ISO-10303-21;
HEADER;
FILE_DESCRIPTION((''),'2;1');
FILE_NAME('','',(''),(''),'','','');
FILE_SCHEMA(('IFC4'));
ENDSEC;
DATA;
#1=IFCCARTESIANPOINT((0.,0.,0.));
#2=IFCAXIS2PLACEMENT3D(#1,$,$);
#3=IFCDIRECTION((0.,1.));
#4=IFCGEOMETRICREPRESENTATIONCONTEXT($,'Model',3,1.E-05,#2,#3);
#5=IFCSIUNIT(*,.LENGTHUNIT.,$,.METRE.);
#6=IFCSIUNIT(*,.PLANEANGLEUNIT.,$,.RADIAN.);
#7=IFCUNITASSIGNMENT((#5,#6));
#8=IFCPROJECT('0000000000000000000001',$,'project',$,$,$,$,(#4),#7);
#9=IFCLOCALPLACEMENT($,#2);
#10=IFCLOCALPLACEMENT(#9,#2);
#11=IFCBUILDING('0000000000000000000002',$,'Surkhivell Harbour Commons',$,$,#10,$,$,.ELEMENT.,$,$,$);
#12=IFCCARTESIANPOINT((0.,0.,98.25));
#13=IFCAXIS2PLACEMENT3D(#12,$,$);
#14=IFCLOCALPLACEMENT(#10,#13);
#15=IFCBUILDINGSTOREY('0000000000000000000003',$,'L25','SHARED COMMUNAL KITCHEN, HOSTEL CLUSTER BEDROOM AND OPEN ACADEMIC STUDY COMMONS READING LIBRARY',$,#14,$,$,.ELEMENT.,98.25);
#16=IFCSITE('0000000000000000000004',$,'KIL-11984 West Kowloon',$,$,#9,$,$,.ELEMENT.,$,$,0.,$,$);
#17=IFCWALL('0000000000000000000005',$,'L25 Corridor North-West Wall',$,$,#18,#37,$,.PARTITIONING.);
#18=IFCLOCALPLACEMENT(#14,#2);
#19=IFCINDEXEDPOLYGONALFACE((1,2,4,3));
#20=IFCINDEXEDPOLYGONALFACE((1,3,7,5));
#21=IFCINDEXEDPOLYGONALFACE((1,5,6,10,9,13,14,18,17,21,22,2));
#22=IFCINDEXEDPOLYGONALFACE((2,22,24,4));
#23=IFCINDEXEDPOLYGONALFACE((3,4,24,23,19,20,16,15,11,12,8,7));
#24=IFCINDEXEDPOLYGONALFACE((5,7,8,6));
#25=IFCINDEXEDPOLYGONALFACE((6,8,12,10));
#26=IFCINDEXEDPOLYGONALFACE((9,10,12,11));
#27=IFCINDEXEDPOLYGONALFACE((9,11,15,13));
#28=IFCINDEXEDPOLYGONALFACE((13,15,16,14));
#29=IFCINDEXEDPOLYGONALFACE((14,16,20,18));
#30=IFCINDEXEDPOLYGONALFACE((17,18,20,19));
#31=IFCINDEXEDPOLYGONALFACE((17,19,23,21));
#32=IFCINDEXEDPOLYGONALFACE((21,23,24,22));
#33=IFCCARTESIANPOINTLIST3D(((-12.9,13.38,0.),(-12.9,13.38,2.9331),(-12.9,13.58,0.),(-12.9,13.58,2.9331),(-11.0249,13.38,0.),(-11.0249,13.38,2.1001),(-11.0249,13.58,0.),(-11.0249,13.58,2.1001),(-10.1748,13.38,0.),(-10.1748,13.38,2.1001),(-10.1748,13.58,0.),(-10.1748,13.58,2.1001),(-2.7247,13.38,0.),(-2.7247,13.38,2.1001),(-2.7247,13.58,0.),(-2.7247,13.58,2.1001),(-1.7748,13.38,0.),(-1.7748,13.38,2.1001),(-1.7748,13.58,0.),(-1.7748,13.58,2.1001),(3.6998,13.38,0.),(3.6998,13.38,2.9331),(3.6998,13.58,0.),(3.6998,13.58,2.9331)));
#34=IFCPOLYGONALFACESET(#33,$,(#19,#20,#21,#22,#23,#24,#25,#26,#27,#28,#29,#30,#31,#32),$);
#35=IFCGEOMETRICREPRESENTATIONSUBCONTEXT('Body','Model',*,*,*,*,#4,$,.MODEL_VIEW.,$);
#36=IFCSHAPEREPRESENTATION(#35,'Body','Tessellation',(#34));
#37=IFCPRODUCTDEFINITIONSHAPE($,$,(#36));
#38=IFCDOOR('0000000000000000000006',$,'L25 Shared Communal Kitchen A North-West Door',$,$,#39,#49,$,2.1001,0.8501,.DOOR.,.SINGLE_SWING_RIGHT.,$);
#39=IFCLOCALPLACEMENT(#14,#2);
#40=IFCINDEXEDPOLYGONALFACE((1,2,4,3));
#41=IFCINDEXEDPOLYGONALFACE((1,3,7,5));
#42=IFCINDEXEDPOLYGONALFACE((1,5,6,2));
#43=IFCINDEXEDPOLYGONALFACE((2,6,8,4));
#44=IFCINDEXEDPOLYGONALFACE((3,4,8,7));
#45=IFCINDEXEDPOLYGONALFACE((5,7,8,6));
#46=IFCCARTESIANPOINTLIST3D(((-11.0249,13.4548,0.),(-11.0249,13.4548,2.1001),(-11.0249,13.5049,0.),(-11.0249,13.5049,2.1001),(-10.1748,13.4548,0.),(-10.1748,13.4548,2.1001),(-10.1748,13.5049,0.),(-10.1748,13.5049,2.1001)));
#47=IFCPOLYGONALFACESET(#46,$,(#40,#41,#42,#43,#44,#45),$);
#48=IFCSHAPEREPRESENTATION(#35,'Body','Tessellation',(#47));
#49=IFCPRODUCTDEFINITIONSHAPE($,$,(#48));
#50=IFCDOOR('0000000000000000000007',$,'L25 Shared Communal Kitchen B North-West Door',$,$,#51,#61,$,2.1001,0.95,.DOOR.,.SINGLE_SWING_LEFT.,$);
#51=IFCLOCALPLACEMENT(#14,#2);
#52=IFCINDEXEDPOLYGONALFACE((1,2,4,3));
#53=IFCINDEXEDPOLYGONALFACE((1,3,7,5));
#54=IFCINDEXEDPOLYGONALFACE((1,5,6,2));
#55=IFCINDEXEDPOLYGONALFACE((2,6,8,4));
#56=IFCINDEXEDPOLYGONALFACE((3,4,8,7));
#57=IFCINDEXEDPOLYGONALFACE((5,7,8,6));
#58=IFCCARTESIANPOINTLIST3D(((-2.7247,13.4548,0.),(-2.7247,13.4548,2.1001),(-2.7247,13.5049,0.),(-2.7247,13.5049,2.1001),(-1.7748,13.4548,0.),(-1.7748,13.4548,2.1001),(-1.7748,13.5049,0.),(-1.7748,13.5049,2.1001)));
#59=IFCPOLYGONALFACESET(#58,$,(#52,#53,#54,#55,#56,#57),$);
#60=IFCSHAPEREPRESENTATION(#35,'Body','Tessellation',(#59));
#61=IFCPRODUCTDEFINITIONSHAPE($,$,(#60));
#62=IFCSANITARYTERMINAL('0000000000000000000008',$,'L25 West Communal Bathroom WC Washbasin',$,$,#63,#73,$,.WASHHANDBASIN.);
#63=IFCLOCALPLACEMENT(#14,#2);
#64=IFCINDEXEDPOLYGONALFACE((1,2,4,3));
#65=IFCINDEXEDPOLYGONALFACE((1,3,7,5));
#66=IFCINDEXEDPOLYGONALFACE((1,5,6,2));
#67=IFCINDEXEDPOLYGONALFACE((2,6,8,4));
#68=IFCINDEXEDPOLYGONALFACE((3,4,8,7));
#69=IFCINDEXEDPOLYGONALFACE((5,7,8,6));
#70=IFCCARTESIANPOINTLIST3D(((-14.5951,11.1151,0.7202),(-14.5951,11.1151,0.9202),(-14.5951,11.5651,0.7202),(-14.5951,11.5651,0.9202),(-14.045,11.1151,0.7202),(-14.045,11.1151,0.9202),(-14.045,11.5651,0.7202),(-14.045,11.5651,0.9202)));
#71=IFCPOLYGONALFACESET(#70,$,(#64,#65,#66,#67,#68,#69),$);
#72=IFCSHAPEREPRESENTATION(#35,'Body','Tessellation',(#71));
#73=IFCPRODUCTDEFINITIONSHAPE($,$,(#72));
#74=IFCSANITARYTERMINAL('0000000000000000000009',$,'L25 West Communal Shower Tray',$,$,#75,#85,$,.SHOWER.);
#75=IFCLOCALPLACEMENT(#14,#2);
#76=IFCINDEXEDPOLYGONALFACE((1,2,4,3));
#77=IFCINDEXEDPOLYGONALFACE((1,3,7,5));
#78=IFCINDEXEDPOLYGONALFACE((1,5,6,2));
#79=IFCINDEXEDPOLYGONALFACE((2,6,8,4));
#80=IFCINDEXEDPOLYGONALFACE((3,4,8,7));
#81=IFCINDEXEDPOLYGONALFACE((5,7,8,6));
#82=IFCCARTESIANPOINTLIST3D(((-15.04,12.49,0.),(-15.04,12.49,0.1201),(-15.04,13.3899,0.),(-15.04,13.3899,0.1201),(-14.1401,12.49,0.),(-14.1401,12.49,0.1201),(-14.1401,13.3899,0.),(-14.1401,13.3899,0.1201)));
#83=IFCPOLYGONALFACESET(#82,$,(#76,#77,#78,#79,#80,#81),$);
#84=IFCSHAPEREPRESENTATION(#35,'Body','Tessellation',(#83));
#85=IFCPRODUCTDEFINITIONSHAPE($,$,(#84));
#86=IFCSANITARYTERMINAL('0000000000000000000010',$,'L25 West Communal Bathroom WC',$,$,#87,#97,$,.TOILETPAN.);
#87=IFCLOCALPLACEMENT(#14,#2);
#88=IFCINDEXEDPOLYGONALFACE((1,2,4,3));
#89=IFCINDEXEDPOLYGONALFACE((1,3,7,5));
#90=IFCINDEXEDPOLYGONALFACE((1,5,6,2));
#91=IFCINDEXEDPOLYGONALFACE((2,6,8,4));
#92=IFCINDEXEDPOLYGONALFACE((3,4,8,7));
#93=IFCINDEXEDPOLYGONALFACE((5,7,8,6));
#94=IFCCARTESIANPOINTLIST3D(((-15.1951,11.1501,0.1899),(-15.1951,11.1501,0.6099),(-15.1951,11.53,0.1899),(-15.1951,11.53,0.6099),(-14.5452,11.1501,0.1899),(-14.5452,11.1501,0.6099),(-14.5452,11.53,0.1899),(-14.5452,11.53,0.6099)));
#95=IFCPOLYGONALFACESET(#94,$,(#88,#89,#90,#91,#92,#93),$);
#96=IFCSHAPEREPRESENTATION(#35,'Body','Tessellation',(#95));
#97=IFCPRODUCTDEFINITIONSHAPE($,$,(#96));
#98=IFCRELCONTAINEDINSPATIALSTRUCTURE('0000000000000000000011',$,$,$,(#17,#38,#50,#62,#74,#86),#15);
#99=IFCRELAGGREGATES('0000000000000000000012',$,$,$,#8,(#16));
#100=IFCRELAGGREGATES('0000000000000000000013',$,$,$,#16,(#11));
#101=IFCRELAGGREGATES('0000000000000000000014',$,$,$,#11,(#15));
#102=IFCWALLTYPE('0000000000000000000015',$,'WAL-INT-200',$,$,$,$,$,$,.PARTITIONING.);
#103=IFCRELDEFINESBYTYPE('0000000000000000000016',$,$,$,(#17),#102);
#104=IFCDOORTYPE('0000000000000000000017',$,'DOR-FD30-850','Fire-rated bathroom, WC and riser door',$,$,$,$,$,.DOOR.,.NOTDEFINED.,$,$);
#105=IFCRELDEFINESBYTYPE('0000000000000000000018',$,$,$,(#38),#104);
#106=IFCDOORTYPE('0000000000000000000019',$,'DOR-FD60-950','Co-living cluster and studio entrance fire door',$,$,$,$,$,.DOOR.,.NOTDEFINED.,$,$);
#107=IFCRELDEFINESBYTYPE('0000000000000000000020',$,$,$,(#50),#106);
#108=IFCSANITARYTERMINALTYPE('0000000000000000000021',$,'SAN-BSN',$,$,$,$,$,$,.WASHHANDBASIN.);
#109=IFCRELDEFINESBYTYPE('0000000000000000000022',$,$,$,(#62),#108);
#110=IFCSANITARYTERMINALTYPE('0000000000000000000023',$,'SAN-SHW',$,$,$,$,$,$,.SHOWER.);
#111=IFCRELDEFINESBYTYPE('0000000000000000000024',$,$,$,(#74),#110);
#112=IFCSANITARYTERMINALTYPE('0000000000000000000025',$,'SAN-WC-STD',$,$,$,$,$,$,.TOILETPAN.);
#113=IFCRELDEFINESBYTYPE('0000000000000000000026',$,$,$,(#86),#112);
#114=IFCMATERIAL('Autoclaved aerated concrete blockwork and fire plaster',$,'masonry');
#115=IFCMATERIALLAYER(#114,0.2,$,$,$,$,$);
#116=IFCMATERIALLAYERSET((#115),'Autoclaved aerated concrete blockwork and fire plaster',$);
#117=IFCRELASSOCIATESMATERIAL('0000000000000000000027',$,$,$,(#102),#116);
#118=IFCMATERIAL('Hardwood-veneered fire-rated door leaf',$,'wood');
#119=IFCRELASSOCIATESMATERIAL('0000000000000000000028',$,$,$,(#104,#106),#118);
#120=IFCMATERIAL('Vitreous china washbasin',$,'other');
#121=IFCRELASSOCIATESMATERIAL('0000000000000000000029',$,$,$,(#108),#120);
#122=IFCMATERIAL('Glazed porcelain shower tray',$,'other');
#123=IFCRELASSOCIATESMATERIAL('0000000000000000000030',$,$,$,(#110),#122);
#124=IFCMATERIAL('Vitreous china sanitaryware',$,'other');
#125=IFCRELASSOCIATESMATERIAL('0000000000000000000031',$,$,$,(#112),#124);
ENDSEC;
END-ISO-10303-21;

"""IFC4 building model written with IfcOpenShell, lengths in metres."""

from ifc_helpers import new_model, si_unit, direction, frame, frame_2d, origin, origin_2d, place, context, subcontext, project, spatial, rectangle, extrude, material, layer, layer_set, type_object, element, fill, save


model = new_model("IFC4")

# Units and contexts
model_context = context("Model", 3, precision=1e-05, world=origin(), true_north=direction((0.0, 1.0)))
body_context = subcontext(model_context, "Body", "Model", "MODEL_VIEW")
ifc_project = project(units=[si_unit("LENGTHUNIT", "METRE"), si_unit("PLANEANGLEUNIT", "RADIAN")], contexts=[model_context])

# Site, building, storey
site_placement = place(None, origin())
site = spatial("IfcSite", under=ifc_project, at=site_placement, Name="KIL-11984 West Kowloon", CompositionType="ELEMENT", RefElevation=0.0)
building_placement = place(site_placement, origin())
building = spatial("IfcBuilding", under=site, at=building_placement, Name="Surkhivell Harbour Commons", CompositionType="ELEMENT")
storey_placement = place(building_placement, frame((0.0, 0.0, 98.25)))
storey = spatial("IfcBuildingStorey", under=building, at=storey_placement, Name="L25", Description="SHARED COMMUNAL KITCHEN, HOSTEL CLUSTER BEDROOM AND OPEN ACADEMIC STUDY COMMONS READING LIBRARY", CompositionType="ELEMENT", Elevation=98.25)

# Shared definitions
ifc_material_1 = material(Name="Autoclaved aerated concrete blockwork and fire plaster", Category="masonry")
ifc_layer_1 = layer(ifc_material_1, 0.2)
ifc_layer_set_1 = layer_set([ifc_layer_1], Name="Autoclaved aerated concrete blockwork and fire plaster")
wall_type_1 = type_object("IfcWallType", Name="WAL-INT-200", PredefinedType="PARTITIONING", material=ifc_layer_set_1)

# Wall, openings, doors
wall_1_placement = place(storey_placement, frame((-12.8999, 13.48, 0.0), z_axis=(0.0, 0.0, 1.0), x_axis=(1.0, 0.0, 0.0)))
wall_1 = element("IfcWall", 1, at=wall_1_placement, inside=storey, type_object=wall_type_1, Name="L25 Corridor North-West Wall", PredefinedType="PARTITIONING", context=body_context, shape_type="SweptSolid", body=[
    extrude(rectangle(XDim=16.5999, YDim=0.2, at=frame_2d((8.2998, 0.0))), origin(), (0.0, 0.0, 1.0), 2.9331),
])
opening_1_placement = place(wall_1_placement, frame((1.875, 0.0, 0.0)))
opening_1 = element("IfcOpeningElement", 2, at=opening_1_placement, cuts=wall_1, PredefinedType="OPENING", context=body_context, shape_type="SweptSolid", body=[
    extrude(rectangle(XDim=0.8501, YDim=2.1001, at=frame_2d((0.425, 1.05))), frame((0.0, 0.1099, 0.0), z_axis=(0.0, -1.0, 0.0), x_axis=(1.0, 0.0, 0.0)), (0.0, 0.0, 1.0), 0.22),
])
opening_2_placement = place(wall_1_placement, frame((10.175, 0.0, 0.0)))
opening_2 = element("IfcOpeningElement", 3, at=opening_2_placement, cuts=wall_1, PredefinedType="OPENING", context=body_context, shape_type="SweptSolid", body=[
    extrude(rectangle(XDim=0.95, YDim=2.1001, at=frame_2d((0.4751, 1.05))), frame((0.0, 0.1099, 0.0), z_axis=(0.0, -1.0, 0.0), x_axis=(1.0, 0.0, 0.0)), (0.0, 0.0, 1.0), 0.22),
])
ifc_material_2 = material(Name="Hardwood-veneered fire-rated door leaf", Category="wood")
door_type_1 = type_object("IfcDoorType", Name="DOR-FD30-850", Description="Fire-rated bathroom, WC and riser door", OperationType="NOTDEFINED", PredefinedType="DOOR", material=ifc_material_2)
door_1_placement = place(opening_1_placement, origin())
door_1 = element("IfcDoor", 4, at=door_1_placement, inside=storey, type_object=door_type_1, Name="L25 Shared Communal Kitchen A North-West Door", OperationType="SINGLE_SWING_RIGHT", OverallHeight=2.1001, OverallWidth=0.8501, PredefinedType="DOOR", context=body_context, shape_type="SweptSolid", body=[
    extrude(rectangle(XDim=0.8501, YDim=2.1001, at=frame_2d((0.425, 1.05))), frame((0.0, 0.0249, 0.0), z_axis=(0.0, -1.0, 0.0), x_axis=(1.0, 0.0, 0.0)), (0.0, 0.0, 1.0), 0.05),
])
fill(opening_1, door_1)
door_type_2 = type_object("IfcDoorType", Name="DOR-FD60-950", Description="Co-living cluster and studio entrance fire door", OperationType="NOTDEFINED", PredefinedType="DOOR", material=ifc_material_2)
door_2_placement = place(opening_2_placement, origin())
door_2 = element("IfcDoor", 5, at=door_2_placement, inside=storey, type_object=door_type_2, Name="L25 Shared Communal Kitchen B North-West Door", OperationType="SINGLE_SWING_LEFT", OverallHeight=2.1001, OverallWidth=0.95, PredefinedType="DOOR", context=body_context, shape_type="SweptSolid", body=[
    extrude(rectangle(XDim=0.95, YDim=2.1001, at=frame_2d((0.4751, 1.05))), frame((0.0, 0.0249, 0.0), z_axis=(0.0, -1.0, 0.0), x_axis=(1.0, 0.0, 0.0)), (0.0, 0.0, 1.0), 0.05),
])
fill(opening_2, door_2)

# Sanitary terminals
ifc_material_3 = material(Name="Vitreous china washbasin", Category="other")
sanitary_terminal_type_1 = type_object("IfcSanitaryTerminalType", Name="SAN-BSN", PredefinedType="WASHHANDBASIN", material=ifc_material_3)
sanitary_terminal_1_placement = place(storey_placement, frame((-14.3201, 11.3401, 0.7202), z_axis=(0.0, 0.0, 1.0), x_axis=(1.0, 0.0, 0.0)))
element("IfcSanitaryTerminal", 6, at=sanitary_terminal_1_placement, inside=storey, type_object=sanitary_terminal_type_1, Name="L25 West Communal Bathroom WC Washbasin", PredefinedType="WASHHANDBASIN", context=body_context, shape_type="SweptSolid", body=[
    extrude(rectangle(XDim=0.55, YDim=0.45, at=origin_2d()), origin(), (0.0, 0.0, 1.0), 0.2),
])
ifc_material_4 = material(Name="Glazed porcelain shower tray", Category="other")
sanitary_terminal_type_2 = type_object("IfcSanitaryTerminalType", Name="SAN-SHW", PredefinedType="SHOWER", material=ifc_material_4)
sanitary_terminal_2_placement = place(storey_placement, frame((-14.5901, 12.9399, 0.0), z_axis=(0.0, 0.0, 1.0), x_axis=(1.0, 0.0, 0.0)))
element("IfcSanitaryTerminal", 7, at=sanitary_terminal_2_placement, inside=storey, type_object=sanitary_terminal_type_2, Name="L25 West Communal Shower Tray", PredefinedType="SHOWER", context=body_context, shape_type="SweptSolid", body=[
    extrude(rectangle(XDim=0.8999, YDim=0.8999, at=origin_2d()), origin(), (0.0, 0.0, 1.0), 0.1201),
])
ifc_material_5 = material(Name="Vitreous china sanitaryware", Category="other")
sanitary_terminal_type_3 = type_object("IfcSanitaryTerminalType", Name="SAN-WC-STD", PredefinedType="TOILETPAN", material=ifc_material_5)
sanitary_terminal_3_placement = place(storey_placement, frame((-14.8701, 11.3401, 0.1899), z_axis=(0.0, 0.0, 1.0), x_axis=(1.0, 0.0, 0.0)))
element("IfcSanitaryTerminal", 8, at=sanitary_terminal_3_placement, inside=storey, type_object=sanitary_terminal_type_3, Name="L25 West Communal Bathroom WC", PredefinedType="TOILETPAN", context=body_context, shape_type="SweptSolid", body=[
    extrude(rectangle(XDim=0.6499, YDim=0.3799, at=origin_2d()), origin(), (0.0, 0.0, 1.0), 0.4199),
])

save(model, "model.ifc")
